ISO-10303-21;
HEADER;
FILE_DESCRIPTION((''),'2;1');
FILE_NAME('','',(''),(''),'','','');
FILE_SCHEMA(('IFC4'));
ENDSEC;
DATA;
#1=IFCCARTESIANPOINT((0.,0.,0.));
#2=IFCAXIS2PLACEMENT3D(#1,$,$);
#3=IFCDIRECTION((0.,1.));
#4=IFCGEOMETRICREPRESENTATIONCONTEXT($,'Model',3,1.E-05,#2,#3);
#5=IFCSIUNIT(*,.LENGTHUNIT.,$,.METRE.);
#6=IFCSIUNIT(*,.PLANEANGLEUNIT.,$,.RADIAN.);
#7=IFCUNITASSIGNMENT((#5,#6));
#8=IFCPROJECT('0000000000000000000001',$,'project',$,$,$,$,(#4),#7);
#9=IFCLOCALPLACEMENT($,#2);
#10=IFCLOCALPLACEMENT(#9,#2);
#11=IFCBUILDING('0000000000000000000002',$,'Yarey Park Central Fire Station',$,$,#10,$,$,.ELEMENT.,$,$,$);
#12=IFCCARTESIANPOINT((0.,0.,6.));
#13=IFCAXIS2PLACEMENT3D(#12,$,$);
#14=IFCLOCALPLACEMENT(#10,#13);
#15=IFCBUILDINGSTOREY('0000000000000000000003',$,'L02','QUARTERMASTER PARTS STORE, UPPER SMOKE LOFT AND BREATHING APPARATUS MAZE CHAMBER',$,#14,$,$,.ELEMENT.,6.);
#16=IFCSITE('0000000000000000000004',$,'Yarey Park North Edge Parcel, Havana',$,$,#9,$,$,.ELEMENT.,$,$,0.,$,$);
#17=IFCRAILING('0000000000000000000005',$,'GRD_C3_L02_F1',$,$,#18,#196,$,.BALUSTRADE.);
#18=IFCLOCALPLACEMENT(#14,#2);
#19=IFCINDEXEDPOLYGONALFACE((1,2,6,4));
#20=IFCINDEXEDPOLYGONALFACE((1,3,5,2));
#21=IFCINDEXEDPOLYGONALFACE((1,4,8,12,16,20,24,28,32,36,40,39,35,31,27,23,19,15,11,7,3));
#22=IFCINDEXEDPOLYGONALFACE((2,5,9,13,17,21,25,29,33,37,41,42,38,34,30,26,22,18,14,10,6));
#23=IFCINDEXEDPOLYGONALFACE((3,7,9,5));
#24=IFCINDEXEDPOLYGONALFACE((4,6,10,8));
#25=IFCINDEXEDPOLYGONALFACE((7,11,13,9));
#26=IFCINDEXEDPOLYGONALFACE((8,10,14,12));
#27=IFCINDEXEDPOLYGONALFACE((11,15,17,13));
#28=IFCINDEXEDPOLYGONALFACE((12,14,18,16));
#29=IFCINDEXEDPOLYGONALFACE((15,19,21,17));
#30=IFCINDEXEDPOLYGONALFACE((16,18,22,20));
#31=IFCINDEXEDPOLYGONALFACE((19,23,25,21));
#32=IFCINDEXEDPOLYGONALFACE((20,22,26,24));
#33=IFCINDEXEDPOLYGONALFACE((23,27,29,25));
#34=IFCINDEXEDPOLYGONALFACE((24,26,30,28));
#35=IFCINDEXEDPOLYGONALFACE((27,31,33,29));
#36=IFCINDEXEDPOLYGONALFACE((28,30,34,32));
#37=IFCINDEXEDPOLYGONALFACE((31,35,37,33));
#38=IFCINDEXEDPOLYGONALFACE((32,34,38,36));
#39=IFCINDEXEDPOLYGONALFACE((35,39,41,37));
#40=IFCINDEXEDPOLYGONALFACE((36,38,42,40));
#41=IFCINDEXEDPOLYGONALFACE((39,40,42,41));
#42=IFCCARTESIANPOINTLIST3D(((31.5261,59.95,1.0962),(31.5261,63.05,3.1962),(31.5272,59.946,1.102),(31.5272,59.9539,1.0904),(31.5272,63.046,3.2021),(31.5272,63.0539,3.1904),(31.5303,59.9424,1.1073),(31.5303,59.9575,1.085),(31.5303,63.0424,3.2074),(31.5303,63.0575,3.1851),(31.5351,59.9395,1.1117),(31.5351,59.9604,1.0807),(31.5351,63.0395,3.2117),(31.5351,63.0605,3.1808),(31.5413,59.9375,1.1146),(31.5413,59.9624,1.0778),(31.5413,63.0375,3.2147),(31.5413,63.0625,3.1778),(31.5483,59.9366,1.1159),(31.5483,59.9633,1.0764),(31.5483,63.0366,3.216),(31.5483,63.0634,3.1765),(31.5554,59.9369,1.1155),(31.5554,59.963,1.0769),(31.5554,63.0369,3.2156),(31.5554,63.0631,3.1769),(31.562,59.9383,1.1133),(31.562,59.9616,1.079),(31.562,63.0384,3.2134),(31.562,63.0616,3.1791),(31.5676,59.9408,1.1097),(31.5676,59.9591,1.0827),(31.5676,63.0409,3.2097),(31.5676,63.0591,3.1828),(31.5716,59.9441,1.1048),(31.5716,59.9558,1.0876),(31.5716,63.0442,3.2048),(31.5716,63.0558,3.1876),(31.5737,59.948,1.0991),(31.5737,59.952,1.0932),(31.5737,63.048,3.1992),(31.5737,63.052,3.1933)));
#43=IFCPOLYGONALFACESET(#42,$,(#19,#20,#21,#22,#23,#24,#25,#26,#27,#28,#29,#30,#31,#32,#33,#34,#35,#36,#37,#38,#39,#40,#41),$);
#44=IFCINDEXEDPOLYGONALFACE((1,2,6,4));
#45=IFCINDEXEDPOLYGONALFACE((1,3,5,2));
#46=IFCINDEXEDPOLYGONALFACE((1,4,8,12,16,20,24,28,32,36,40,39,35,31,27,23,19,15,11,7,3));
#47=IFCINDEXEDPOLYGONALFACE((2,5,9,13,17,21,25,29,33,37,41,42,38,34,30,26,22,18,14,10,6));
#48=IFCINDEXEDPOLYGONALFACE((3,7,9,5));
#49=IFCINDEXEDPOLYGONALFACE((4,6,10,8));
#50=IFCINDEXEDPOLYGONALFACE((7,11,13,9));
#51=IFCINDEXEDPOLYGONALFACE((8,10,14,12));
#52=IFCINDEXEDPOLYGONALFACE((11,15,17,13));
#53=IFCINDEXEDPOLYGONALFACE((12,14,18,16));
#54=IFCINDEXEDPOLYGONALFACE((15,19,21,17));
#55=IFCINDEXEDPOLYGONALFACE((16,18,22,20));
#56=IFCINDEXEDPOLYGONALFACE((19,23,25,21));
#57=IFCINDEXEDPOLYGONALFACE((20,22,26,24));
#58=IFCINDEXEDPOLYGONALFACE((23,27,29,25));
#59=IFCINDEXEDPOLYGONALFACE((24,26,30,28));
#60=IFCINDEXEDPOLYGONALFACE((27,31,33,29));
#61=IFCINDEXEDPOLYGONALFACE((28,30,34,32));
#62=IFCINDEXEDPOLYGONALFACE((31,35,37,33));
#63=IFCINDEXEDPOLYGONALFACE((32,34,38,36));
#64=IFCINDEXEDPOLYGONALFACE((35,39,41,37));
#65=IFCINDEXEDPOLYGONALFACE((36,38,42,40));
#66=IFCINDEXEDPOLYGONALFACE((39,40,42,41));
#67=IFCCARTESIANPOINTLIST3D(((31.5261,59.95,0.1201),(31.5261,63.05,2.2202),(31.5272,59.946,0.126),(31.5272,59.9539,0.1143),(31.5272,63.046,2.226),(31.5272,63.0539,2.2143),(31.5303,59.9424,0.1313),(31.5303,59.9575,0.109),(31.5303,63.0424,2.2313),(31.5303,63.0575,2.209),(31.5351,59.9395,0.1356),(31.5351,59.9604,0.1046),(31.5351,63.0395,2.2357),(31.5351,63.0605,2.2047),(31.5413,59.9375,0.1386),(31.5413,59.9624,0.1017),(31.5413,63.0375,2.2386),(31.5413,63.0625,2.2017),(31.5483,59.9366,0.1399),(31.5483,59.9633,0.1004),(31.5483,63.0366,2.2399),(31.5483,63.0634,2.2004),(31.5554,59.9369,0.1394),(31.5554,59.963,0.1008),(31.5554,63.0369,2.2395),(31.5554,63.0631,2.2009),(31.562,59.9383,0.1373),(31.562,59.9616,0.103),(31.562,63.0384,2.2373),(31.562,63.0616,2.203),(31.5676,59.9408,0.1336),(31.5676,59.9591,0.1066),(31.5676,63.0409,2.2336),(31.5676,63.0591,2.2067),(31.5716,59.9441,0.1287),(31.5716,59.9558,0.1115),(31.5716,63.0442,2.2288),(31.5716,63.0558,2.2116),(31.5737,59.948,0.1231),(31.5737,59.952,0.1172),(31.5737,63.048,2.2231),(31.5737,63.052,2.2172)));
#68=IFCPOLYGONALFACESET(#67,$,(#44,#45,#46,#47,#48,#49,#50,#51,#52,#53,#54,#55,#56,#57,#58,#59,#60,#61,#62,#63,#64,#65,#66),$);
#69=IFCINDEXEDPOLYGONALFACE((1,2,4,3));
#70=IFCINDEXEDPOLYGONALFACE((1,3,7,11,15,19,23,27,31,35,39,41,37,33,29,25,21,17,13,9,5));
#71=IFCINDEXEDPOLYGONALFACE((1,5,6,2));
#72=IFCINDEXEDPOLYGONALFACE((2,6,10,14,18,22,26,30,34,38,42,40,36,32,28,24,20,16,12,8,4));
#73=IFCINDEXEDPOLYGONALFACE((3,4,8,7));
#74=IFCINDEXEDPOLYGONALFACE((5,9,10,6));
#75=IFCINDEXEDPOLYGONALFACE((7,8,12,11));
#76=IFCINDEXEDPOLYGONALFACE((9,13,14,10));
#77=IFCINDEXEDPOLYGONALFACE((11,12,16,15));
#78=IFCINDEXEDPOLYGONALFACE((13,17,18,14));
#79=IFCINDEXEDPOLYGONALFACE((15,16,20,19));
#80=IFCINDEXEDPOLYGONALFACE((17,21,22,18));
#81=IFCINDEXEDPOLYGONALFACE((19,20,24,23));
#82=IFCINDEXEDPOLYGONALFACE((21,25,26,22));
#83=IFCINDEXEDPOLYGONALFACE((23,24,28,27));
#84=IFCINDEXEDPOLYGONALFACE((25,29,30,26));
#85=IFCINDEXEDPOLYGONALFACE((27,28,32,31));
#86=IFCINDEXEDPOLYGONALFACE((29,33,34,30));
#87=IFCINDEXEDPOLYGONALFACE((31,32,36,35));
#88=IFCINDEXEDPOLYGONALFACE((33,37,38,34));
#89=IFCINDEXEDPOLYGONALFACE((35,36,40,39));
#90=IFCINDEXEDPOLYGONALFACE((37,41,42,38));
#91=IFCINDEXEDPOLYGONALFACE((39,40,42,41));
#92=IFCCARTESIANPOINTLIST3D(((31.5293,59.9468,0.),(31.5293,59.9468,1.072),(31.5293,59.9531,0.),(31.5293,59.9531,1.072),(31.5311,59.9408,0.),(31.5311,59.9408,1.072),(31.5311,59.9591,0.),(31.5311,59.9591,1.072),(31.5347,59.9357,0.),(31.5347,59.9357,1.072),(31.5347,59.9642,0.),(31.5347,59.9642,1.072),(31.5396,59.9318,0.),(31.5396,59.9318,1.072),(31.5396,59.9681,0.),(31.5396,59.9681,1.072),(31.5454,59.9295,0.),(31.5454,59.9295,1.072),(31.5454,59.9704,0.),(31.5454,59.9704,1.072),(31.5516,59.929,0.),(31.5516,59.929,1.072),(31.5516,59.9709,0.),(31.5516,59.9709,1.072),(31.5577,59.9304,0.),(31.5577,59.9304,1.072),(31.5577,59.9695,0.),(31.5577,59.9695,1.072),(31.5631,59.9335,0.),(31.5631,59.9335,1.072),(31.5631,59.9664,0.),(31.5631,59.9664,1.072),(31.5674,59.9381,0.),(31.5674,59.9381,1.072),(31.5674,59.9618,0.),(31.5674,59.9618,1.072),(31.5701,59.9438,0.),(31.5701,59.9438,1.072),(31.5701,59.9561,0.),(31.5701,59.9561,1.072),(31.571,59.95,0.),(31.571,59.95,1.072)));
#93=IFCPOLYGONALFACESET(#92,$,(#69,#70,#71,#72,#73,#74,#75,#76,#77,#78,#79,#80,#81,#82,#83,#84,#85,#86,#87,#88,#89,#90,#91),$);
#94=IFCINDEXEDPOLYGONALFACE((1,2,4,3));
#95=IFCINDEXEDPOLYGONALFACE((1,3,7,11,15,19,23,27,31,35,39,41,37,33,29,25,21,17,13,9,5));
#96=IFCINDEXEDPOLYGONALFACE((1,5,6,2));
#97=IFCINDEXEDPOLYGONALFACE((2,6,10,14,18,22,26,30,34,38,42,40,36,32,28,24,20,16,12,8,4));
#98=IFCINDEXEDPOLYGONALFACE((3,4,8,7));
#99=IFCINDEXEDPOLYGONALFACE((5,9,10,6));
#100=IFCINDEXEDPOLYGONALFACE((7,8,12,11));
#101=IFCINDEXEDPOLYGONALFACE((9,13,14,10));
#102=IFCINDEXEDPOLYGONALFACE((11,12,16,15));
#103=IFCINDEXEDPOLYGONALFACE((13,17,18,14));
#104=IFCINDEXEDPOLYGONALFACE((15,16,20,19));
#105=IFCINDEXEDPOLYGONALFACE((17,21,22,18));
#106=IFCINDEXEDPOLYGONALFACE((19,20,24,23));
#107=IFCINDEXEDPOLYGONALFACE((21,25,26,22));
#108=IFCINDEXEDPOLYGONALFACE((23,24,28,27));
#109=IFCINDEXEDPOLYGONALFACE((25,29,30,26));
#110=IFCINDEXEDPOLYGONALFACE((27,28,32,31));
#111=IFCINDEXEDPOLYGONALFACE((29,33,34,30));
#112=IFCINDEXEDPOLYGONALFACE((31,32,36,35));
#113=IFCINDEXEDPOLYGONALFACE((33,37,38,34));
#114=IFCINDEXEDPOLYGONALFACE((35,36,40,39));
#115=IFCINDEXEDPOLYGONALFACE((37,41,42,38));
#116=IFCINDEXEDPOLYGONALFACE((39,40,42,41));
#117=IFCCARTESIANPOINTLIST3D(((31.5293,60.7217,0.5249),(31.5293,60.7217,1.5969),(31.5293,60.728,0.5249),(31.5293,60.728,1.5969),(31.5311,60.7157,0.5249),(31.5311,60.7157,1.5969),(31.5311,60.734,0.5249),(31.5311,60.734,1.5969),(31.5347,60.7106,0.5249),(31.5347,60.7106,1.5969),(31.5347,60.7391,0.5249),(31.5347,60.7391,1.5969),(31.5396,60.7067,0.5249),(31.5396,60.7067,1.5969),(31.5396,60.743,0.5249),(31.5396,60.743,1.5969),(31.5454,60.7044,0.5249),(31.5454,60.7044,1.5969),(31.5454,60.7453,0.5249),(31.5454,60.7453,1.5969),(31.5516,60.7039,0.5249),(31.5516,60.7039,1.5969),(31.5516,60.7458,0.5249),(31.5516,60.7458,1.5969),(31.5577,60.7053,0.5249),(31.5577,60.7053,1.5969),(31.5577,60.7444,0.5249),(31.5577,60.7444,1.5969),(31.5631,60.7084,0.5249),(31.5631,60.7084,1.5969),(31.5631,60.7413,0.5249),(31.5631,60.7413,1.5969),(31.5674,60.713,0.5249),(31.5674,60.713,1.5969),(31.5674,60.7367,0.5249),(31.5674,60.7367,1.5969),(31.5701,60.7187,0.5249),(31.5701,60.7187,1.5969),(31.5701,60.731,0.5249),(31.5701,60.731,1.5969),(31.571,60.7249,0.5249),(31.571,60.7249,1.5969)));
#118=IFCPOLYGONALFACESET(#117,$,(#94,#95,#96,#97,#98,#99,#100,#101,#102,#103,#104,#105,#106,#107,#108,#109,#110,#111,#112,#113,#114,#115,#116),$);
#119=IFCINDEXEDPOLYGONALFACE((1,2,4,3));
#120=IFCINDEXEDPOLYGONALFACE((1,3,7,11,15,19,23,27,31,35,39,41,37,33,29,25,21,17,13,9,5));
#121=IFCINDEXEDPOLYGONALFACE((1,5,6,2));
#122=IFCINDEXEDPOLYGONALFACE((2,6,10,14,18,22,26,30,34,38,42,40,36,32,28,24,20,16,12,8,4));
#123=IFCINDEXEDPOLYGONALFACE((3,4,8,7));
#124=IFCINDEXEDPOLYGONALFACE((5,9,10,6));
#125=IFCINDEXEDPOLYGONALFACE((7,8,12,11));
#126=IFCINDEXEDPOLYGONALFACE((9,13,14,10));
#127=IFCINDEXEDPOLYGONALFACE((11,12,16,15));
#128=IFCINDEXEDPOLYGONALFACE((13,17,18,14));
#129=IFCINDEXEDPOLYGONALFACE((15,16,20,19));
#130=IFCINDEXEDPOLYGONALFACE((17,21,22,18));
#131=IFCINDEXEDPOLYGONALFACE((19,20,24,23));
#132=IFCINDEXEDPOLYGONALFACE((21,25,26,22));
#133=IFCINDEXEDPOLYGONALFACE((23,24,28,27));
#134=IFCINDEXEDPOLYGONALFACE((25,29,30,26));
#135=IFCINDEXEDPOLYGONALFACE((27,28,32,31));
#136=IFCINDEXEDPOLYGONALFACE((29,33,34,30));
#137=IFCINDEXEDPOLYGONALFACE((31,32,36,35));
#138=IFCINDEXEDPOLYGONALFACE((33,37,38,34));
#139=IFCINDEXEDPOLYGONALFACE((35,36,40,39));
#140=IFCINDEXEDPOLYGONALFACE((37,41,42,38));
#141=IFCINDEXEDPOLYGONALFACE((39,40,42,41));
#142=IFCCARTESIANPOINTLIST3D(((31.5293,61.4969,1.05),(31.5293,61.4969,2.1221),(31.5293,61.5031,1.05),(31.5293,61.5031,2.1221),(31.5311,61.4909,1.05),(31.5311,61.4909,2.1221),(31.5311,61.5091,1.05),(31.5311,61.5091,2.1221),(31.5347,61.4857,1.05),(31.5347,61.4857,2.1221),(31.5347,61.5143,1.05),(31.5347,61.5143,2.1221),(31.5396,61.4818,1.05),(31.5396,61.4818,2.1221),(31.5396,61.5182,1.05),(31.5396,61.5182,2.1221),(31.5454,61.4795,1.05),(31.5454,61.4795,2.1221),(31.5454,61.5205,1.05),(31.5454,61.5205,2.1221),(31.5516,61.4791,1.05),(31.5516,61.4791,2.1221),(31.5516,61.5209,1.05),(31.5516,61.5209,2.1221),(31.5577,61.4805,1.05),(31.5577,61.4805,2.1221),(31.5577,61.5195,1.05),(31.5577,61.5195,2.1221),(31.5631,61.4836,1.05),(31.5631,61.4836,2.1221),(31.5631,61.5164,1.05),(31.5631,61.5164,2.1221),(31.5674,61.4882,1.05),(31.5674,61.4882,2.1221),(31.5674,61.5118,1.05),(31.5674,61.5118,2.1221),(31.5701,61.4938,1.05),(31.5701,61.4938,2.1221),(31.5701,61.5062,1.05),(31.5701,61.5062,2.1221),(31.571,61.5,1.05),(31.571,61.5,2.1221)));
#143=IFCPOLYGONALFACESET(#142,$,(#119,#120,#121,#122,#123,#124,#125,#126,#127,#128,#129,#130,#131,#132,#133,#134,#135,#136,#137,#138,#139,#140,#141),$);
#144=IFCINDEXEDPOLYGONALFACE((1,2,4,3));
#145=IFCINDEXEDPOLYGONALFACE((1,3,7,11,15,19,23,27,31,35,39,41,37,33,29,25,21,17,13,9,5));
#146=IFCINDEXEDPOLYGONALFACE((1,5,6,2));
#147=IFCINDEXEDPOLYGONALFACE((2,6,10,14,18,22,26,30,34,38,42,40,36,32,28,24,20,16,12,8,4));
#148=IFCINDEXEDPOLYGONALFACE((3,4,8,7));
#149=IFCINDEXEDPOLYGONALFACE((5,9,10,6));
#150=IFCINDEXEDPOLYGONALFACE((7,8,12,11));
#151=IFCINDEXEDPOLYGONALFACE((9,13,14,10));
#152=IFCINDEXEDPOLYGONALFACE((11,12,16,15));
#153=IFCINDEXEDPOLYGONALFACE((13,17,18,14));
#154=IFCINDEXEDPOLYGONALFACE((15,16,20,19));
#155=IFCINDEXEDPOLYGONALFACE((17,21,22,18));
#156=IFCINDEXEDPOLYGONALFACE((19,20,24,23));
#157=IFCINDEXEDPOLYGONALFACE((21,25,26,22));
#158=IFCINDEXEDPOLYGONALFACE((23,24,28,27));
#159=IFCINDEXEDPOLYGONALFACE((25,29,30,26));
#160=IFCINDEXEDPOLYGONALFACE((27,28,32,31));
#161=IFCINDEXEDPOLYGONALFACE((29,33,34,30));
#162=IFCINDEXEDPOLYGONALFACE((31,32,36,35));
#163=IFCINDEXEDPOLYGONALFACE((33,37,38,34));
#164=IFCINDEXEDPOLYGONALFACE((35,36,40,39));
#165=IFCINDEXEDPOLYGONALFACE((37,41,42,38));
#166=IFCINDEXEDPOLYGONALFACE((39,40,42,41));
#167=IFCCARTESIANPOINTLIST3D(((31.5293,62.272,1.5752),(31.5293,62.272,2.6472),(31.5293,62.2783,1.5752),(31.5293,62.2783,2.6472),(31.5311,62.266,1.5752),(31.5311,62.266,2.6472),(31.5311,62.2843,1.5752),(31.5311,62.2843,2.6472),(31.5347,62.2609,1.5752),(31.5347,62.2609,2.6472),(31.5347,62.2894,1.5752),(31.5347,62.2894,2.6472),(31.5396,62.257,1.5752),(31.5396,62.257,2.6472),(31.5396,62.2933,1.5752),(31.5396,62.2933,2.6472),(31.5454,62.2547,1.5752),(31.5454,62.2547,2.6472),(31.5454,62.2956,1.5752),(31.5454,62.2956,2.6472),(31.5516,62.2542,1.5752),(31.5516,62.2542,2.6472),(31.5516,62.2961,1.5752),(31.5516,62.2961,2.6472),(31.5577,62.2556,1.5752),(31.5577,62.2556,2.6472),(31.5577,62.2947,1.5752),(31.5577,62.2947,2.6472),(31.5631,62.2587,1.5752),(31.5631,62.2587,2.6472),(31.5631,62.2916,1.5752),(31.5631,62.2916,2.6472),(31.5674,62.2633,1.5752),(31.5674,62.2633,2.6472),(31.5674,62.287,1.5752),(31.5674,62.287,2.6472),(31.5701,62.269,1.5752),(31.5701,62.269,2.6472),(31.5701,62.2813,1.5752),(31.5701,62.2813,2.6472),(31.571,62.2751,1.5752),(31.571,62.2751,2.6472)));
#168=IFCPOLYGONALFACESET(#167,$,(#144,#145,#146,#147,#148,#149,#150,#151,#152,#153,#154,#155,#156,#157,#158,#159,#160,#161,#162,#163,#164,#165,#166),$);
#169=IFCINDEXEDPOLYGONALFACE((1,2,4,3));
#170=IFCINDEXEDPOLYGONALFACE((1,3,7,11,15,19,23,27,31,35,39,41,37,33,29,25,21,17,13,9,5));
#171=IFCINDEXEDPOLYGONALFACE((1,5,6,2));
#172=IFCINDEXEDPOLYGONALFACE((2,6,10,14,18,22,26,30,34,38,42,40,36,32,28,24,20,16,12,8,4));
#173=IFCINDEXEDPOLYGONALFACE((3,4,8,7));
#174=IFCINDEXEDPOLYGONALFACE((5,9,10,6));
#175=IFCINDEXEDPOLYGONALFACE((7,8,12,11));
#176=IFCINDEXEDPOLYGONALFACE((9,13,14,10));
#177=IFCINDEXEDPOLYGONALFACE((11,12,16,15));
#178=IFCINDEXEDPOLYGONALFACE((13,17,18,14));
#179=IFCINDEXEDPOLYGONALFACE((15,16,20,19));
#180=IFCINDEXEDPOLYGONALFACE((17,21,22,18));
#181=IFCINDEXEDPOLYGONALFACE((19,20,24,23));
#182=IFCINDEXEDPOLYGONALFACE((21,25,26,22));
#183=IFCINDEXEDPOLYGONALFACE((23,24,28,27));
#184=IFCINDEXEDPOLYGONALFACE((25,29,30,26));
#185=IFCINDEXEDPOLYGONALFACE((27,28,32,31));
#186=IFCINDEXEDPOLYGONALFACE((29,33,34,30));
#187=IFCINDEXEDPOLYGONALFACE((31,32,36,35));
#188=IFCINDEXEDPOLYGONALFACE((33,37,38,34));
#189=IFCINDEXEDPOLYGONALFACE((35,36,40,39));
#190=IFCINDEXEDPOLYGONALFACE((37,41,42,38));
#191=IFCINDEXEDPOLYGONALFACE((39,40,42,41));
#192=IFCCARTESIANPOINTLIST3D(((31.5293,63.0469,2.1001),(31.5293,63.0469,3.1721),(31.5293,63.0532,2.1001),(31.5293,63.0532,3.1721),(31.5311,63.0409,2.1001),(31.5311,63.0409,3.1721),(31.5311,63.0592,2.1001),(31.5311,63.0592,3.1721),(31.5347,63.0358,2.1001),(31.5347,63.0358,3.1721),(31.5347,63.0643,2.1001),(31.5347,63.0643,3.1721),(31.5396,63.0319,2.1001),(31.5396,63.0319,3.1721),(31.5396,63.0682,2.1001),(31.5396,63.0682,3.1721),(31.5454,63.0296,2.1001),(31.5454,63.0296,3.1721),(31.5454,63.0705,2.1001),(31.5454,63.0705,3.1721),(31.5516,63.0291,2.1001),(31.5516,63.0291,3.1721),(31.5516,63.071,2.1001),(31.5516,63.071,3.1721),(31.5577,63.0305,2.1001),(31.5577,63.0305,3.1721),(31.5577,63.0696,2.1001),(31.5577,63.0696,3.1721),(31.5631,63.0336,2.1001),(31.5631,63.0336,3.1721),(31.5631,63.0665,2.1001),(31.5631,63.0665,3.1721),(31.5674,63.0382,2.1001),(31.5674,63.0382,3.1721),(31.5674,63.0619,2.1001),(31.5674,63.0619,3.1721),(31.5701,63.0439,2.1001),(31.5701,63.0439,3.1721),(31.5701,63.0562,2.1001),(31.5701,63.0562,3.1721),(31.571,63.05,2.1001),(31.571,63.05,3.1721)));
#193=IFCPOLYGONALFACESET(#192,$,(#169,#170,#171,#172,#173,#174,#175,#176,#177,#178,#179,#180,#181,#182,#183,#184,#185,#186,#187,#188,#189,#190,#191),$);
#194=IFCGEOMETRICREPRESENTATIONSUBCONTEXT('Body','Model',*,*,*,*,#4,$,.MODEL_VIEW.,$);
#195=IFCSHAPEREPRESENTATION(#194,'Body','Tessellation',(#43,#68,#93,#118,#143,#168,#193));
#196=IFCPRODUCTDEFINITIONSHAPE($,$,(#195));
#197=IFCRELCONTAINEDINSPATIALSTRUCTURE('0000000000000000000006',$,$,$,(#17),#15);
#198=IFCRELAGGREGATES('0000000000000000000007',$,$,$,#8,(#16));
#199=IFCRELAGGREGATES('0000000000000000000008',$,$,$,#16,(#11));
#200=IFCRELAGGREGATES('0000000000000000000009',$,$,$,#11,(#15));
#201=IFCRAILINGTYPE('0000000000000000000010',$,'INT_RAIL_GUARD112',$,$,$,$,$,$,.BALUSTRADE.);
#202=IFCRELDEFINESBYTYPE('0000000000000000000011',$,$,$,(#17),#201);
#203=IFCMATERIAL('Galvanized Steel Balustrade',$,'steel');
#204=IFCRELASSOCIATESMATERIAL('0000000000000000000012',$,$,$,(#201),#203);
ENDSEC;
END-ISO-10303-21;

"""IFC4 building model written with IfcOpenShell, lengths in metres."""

from ifc_helpers import new_model, si_unit, direction, frame, origin, origin_2d, place, context, subcontext, project, spatial, circle, extrude, material, type_object, element, save


model = new_model("IFC4")

# Units and contexts
model_context = context("Model", 3, precision=1e-05, world=origin(), true_north=direction((0.0, 1.0)))
body_context = subcontext(model_context, "Body", "Model", "MODEL_VIEW")
ifc_project = project(units=[si_unit("LENGTHUNIT", "METRE"), si_unit("PLANEANGLEUNIT", "RADIAN")], contexts=[model_context])

# Site, building, storey
site_placement = place(None, origin())
site = spatial("IfcSite", under=ifc_project, at=site_placement, Name="Yarey Park North Edge Parcel, Havana", CompositionType="ELEMENT", RefElevation=0.0)
building_placement = place(site_placement, origin())
building = spatial("IfcBuilding", under=site, at=building_placement, Name="Yarey Park Central Fire Station", CompositionType="ELEMENT")
storey_placement = place(building_placement, frame((0.0, 0.0, 6.0)))
storey = spatial("IfcBuildingStorey", under=building, at=storey_placement, Name="L02", Description="QUARTERMASTER PARTS STORE, UPPER SMOKE LOFT AND BREATHING APPARATUS MAZE CHAMBER", CompositionType="ELEMENT", Elevation=6.0)

# Railing
ifc_material_1 = material(Name="Galvanized Steel Balustrade", Category="steel")
railing_type_1 = type_object("IfcRailingType", Name="INT_RAIL_GUARD112", PredefinedType="BALUSTRADE", material=ifc_material_1)
railing_1_placement = place(storey_placement, frame((31.55, 59.95, 0.0)))
element("IfcRailing", 1, at=railing_1_placement, inside=storey, type_object=railing_type_1, Name="GRD_C3_L02_F1", PredefinedType="BALUSTRADE", context=body_context, shape_type="SweptSolid", body=[
    extrude(circle(Radius=0.0239, at=origin_2d()), frame((0.0, 0.0, 1.0962), z_axis=(0.0, 0.827915, 0.560854), x_axis=(-1.0, 0.0, 0.0)), (0.0, 0.0, 1.0), 3.7444),
    extrude(circle(Radius=0.0239, at=origin_2d()), frame((0.0, 0.0, 0.1201), z_axis=(0.0, 0.827915, 0.560854), x_axis=(-1.0, 0.0, 0.0)), (0.0, 0.0, 1.0), 3.7444),
    extrude(circle(Radius=0.021, at=origin_2d()), origin(), (0.0, 0.0, 1.0), 1.072),
    extrude(circle(Radius=0.021, at=origin_2d()), frame((0.0, 0.7749, 0.5249)), (0.0, 0.0, 1.0), 1.072),
    extrude(circle(Radius=0.021, at=origin_2d()), frame((0.0, 1.55, 1.05)), (0.0, 0.0, 1.0), 1.072),
    extrude(circle(Radius=0.021, at=origin_2d()), frame((0.0, 2.3252, 1.5752)), (0.0, 0.0, 1.0), 1.072),
    extrude(circle(Radius=0.021, at=origin_2d()), frame((0.0, 3.1001, 2.1001)), (0.0, 0.0, 1.0), 1.072),
])

save(model, "model.ifc")
